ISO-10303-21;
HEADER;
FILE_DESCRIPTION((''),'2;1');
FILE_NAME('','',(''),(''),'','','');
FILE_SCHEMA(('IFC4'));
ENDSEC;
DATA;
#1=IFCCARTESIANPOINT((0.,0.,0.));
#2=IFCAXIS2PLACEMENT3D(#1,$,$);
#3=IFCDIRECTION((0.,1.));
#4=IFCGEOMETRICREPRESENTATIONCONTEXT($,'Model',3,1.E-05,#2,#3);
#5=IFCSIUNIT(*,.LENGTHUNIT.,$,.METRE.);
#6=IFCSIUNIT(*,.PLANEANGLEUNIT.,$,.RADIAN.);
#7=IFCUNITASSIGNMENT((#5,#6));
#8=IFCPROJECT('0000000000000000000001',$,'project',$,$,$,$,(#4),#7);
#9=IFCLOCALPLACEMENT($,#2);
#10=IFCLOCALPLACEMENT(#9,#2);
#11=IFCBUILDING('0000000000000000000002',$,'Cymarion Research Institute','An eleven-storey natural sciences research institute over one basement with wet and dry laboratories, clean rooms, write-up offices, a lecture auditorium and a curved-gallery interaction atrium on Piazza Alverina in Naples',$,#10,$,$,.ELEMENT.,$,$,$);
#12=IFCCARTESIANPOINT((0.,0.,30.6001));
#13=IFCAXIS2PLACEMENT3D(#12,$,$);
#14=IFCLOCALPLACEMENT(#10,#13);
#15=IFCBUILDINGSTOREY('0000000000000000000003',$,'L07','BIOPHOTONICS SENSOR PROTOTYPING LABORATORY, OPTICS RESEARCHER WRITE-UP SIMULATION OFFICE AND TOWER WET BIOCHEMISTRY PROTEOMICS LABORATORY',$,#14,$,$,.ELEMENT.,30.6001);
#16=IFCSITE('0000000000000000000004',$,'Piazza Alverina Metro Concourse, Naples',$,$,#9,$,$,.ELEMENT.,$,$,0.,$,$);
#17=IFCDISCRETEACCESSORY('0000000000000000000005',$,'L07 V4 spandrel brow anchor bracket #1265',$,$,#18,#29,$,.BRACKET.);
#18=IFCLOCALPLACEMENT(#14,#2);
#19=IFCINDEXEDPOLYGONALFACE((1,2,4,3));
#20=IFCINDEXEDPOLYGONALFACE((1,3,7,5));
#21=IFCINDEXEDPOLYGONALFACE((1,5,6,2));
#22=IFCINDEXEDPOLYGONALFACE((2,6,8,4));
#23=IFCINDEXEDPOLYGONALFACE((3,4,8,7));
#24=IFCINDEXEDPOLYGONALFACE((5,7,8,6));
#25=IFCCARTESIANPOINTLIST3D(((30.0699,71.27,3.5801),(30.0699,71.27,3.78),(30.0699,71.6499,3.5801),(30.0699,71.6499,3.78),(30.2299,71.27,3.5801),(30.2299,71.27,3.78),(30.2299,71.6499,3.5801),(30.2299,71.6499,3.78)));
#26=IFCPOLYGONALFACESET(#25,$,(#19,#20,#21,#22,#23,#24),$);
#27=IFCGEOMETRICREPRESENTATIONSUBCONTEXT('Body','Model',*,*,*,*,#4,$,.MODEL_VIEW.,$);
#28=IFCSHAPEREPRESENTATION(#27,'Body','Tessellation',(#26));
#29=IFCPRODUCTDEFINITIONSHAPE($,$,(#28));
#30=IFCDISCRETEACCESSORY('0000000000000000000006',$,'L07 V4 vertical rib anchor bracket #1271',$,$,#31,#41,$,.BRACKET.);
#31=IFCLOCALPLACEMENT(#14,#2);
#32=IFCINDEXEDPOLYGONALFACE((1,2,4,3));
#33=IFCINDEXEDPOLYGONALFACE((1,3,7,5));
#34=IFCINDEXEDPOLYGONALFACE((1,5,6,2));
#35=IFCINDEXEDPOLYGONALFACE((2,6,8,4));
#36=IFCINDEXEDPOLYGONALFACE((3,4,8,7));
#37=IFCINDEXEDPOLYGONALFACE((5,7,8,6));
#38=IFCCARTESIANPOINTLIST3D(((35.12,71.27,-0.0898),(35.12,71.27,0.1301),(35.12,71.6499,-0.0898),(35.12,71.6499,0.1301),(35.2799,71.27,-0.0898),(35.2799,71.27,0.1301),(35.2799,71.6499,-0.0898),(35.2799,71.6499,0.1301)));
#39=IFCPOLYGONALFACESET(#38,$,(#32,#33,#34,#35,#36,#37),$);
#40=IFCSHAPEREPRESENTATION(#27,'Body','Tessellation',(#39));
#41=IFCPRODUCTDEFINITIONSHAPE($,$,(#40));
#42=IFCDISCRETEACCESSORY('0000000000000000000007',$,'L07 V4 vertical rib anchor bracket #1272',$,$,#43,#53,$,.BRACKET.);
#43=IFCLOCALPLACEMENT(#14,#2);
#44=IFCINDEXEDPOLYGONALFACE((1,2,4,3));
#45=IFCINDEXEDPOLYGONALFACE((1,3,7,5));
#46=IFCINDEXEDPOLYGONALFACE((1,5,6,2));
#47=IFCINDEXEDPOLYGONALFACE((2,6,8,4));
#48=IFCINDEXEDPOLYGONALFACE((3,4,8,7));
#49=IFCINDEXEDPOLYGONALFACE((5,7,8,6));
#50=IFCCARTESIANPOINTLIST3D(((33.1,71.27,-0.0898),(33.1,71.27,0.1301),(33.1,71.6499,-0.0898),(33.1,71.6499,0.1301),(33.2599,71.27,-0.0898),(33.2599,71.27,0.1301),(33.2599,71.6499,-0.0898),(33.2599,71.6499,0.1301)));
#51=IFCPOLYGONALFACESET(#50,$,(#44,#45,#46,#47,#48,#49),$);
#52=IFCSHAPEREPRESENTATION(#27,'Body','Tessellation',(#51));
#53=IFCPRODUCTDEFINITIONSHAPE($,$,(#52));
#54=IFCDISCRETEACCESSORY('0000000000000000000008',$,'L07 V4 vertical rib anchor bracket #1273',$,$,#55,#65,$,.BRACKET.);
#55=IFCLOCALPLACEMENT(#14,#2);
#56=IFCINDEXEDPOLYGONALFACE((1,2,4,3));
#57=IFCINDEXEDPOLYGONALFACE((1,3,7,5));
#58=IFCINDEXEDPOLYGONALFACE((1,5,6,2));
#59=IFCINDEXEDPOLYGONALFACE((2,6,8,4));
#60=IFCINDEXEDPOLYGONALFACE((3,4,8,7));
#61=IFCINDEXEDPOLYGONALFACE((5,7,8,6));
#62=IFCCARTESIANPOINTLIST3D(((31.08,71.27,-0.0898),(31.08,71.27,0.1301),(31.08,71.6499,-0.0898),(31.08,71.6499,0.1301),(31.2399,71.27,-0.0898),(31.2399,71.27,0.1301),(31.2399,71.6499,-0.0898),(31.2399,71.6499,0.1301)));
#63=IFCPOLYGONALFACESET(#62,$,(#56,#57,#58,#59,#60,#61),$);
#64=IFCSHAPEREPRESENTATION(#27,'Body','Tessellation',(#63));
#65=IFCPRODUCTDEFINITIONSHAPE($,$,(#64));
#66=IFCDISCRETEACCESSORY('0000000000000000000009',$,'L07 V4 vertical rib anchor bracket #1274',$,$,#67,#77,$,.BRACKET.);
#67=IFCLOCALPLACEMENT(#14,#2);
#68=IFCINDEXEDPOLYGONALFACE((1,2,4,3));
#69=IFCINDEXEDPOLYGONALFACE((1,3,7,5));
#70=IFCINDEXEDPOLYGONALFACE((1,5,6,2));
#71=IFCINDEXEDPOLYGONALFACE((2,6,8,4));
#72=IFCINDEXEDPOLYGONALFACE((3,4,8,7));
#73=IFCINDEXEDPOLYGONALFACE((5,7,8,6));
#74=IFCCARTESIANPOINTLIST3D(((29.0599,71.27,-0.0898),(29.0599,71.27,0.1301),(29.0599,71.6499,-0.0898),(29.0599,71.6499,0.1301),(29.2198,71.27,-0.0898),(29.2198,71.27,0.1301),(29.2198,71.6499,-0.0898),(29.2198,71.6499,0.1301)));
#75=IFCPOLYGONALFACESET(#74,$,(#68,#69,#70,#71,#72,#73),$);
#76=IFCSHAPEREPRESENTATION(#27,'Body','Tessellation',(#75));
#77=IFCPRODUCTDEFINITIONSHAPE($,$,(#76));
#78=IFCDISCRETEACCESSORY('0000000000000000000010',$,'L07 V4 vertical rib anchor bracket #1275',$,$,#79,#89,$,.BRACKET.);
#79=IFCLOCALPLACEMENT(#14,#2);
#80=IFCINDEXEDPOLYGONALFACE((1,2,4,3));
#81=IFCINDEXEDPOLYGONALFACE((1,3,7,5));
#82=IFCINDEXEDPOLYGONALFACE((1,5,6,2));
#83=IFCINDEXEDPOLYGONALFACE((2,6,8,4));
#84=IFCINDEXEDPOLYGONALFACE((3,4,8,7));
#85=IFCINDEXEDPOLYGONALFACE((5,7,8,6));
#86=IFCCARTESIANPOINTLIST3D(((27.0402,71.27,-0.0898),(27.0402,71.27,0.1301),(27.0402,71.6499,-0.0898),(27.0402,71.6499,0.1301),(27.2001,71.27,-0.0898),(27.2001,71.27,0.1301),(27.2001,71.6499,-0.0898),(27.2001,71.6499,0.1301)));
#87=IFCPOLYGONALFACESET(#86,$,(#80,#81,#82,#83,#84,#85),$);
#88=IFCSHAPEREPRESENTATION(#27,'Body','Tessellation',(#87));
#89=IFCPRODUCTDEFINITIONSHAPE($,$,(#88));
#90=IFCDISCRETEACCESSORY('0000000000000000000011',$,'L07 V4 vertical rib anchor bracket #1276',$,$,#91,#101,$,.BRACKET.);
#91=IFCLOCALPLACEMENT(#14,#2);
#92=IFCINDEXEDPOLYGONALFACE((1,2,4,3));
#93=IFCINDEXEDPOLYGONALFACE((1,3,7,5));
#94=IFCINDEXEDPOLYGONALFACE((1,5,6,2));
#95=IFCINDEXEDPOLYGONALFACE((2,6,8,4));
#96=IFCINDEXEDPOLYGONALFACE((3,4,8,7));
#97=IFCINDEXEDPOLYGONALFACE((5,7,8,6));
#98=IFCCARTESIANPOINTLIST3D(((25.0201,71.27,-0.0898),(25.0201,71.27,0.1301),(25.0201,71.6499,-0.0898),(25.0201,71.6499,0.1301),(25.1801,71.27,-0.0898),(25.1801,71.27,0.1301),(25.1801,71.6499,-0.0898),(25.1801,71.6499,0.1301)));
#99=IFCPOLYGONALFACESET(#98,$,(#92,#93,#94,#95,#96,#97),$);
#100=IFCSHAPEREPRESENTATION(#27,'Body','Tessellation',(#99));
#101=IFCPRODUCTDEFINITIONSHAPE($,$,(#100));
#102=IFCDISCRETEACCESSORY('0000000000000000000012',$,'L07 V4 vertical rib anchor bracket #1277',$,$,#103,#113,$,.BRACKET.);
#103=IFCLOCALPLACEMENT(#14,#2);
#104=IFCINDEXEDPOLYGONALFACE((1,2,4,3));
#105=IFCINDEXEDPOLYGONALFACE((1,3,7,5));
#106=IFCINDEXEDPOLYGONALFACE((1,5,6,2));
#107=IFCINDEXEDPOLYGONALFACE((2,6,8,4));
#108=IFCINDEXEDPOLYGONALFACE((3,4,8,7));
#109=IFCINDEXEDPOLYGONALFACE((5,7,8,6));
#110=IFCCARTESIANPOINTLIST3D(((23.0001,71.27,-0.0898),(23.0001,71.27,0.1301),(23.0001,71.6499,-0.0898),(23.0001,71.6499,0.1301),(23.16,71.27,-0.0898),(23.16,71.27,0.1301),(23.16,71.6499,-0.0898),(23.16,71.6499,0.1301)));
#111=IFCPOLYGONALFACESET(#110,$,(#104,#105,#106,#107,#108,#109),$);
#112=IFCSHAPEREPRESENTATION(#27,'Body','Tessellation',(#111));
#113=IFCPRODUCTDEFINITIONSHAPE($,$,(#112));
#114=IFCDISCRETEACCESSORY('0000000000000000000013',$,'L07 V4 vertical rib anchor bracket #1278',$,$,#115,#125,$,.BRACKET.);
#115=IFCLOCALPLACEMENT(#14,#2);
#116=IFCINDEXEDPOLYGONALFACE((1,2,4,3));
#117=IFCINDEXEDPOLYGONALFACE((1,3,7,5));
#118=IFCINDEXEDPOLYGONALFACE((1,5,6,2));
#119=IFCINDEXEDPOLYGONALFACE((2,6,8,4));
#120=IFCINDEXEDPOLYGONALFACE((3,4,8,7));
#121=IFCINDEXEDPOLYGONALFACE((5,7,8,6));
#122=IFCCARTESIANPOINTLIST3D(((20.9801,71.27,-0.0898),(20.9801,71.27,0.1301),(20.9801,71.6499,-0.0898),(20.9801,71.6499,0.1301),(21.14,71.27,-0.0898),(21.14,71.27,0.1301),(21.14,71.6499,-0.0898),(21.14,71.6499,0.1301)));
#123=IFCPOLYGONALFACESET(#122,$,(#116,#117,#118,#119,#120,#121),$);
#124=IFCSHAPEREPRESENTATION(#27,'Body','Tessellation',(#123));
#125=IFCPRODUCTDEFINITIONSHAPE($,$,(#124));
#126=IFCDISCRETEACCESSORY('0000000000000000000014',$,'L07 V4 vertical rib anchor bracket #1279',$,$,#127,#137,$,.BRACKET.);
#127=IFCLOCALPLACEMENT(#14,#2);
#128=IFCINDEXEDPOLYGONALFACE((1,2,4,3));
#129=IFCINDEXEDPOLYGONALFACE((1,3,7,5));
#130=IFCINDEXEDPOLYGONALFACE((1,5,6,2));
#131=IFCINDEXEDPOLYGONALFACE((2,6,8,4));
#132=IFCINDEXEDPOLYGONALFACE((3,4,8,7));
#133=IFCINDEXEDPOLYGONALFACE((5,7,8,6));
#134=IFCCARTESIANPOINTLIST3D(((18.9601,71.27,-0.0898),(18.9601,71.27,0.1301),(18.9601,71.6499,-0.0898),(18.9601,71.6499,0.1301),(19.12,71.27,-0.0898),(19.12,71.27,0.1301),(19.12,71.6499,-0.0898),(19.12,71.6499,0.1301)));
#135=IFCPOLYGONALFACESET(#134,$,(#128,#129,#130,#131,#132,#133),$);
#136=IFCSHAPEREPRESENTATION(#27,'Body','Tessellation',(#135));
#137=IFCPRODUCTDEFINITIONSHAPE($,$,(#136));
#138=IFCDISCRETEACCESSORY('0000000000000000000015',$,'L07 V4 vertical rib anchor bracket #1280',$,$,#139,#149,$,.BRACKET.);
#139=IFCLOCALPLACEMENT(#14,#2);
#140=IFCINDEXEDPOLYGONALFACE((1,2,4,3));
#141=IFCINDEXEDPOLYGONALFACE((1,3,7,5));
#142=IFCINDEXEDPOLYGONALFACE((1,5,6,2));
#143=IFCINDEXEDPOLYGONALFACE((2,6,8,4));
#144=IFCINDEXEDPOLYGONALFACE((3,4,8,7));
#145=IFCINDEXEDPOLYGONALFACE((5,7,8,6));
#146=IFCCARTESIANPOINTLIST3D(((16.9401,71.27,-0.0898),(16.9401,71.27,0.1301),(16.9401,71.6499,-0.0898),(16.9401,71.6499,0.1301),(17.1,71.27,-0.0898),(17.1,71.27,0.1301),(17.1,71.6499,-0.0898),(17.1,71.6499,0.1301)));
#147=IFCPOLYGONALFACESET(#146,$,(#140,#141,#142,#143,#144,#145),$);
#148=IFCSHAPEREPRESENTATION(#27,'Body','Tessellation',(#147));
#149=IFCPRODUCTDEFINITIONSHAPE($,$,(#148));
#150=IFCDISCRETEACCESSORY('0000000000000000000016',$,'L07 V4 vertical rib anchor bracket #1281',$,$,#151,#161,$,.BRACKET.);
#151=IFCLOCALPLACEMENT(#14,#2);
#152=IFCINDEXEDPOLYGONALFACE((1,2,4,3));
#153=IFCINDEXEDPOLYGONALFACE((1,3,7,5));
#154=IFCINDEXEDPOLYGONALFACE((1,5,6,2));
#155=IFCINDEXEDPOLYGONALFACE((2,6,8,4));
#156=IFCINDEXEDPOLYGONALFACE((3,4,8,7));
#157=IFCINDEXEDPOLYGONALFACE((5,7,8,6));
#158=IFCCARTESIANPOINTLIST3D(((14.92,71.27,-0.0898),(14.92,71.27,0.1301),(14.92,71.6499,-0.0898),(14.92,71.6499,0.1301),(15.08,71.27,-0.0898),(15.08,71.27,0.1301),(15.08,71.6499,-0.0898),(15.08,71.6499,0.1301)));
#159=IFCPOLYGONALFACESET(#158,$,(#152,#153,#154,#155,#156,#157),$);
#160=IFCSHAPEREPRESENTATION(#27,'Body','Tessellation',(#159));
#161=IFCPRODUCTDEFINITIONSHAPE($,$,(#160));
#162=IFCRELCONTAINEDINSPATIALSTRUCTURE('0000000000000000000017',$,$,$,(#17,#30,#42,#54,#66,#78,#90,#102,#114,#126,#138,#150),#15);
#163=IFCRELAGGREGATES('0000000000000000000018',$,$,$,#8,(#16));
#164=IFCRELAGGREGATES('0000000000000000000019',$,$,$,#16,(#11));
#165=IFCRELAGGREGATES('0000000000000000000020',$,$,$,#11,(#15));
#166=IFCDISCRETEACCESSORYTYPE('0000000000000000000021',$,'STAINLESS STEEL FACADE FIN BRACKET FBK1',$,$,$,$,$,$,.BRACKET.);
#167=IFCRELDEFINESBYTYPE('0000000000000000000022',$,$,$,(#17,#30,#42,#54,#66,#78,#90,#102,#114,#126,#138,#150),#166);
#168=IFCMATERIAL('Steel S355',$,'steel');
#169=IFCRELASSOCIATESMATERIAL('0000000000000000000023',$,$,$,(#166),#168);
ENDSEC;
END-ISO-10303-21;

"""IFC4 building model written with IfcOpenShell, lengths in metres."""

from ifc_helpers import new_model, si_unit, direction, frame, origin, origin_2d, place, context, subcontext, project, spatial, rectangle, extrude, material, type_object, element, save


model = new_model("IFC4")

# Units and contexts
model_context = context("Model", 3, precision=1e-05, world=origin(), true_north=direction((0.0, 1.0)))
body_context = subcontext(model_context, "Body", "Model", "MODEL_VIEW")
ifc_project = project(units=[si_unit("LENGTHUNIT", "METRE"), si_unit("PLANEANGLEUNIT", "RADIAN")], contexts=[model_context])

# Site, building, storey
site_placement = place(None, origin())
site = spatial("IfcSite", under=ifc_project, at=site_placement, Name="Piazza Alverina Metro Concourse, Naples", CompositionType="ELEMENT", RefElevation=0.0)
building_placement = place(site_placement, origin())
building = spatial("IfcBuilding", under=site, at=building_placement, Name="Cymarion Research Institute", Description="An eleven-storey natural sciences research institute over one basement with wet and dry laboratories, clean rooms, write-up offices, a lecture auditorium and a curved-gallery interaction atrium on Piazza Alverina in Naples", CompositionType="ELEMENT")
storey_placement = place(building_placement, frame((0.0, 0.0, 30.6001)))
storey = spatial("IfcBuildingStorey", under=building, at=storey_placement, Name="L07", Description="BIOPHOTONICS SENSOR PROTOTYPING LABORATORY, OPTICS RESEARCHER WRITE-UP SIMULATION OFFICE AND TOWER WET BIOCHEMISTRY PROTEOMICS LABORATORY", CompositionType="ELEMENT", Elevation=30.6001)

# Shared definitions
ifc_material_1 = material(Name="Steel S355", Category="steel")

# Discrete accessories
discrete_accessory_type = type_object("IfcDiscreteAccessoryType", Name="STAINLESS STEEL FACADE FIN BRACKET FBK1", PredefinedType="BRACKET", material=ifc_material_1)
discrete_accessory_placement = place(storey_placement, frame((30.1499, 71.46, 3.5801), z_axis=(0.0, 0.0, 1.0), x_axis=(0.0, 1.0, 0.0)))
element("IfcDiscreteAccessory", 1, at=discrete_accessory_placement, inside=storey, type_object=discrete_accessory_type, Name="L07 V4 spandrel brow anchor bracket #1265", PredefinedType="BRACKET", context=body_context, shape_type="SweptSolid", body=[
    extrude(rectangle(XDim=0.3799, YDim=0.1599, at=origin_2d()), origin(), (0.0, 0.0, 1.0), 0.2),
])
for number, where, z_axis, x_axis, name in (
    (2, (35.2, 71.46, -0.0898), (0.0, 0.0, 1.0), (0.0, 1.0, 0.0), "L07 V4 vertical rib anchor bracket #1271"),
    (3, (33.1799, 71.46, -0.0898), (0.0, 0.0, 1.0), (0.0, 1.0, 0.0), "L07 V4 vertical rib anchor bracket #1272"),
    (4, (31.1599, 71.46, -0.0898), (0.0, 0.0, 1.0), (0.0, 1.0, 0.0), "L07 V4 vertical rib anchor bracket #1273"),
    (5, (29.1399, 71.46, -0.0898), (0.0, 0.0, 1.0), (0.0, 1.0, 0.0), "L07 V4 vertical rib anchor bracket #1274"),
    (6, (27.1201, 71.46, -0.0898), (0.0, 0.0, 1.0), (0.0, 1.0, 0.0), "L07 V4 vertical rib anchor bracket #1275"),
    (7, (25.1001, 71.46, -0.0898), (0.0, 0.0, 1.0), (0.0, 1.0, 0.0), "L07 V4 vertical rib anchor bracket #1276"),
    (8, (23.0801, 71.46, -0.0898), (0.0, 0.0, 1.0), (0.0, 1.0, 0.0), "L07 V4 vertical rib anchor bracket #1277"),
    (9, (21.0601, 71.46, -0.0898), (0.0, 0.0, 1.0), (0.0, 1.0, 0.0), "L07 V4 vertical rib anchor bracket #1278"),
    (10, (19.04, 71.46, -0.0898), (0.0, 0.0, 1.0), (0.0, 1.0, 0.0), "L07 V4 vertical rib anchor bracket #1279"),
    (11, (17.02, 71.46, -0.0898), (0.0, 0.0, 1.0), (0.0, 1.0, 0.0), "L07 V4 vertical rib anchor bracket #1280"),
    (12, (15.0, 71.46, -0.0898), (0.0, 0.0, 1.0), (0.0, 1.0, 0.0), "L07 V4 vertical rib anchor bracket #1281"),
):
    element("IfcDiscreteAccessory", number, at=place(storey_placement, frame(where, z_axis=z_axis, x_axis=x_axis)), inside=storey, type_object=discrete_accessory_type, Name=name, PredefinedType="BRACKET", context=body_context, shape_type="SweptSolid", body=[
        extrude(rectangle(XDim=0.3799, YDim=0.1599, at=origin_2d()), origin(), (0.0, 0.0, 1.0), 0.22),
    ])

save(model, "model.ifc")
